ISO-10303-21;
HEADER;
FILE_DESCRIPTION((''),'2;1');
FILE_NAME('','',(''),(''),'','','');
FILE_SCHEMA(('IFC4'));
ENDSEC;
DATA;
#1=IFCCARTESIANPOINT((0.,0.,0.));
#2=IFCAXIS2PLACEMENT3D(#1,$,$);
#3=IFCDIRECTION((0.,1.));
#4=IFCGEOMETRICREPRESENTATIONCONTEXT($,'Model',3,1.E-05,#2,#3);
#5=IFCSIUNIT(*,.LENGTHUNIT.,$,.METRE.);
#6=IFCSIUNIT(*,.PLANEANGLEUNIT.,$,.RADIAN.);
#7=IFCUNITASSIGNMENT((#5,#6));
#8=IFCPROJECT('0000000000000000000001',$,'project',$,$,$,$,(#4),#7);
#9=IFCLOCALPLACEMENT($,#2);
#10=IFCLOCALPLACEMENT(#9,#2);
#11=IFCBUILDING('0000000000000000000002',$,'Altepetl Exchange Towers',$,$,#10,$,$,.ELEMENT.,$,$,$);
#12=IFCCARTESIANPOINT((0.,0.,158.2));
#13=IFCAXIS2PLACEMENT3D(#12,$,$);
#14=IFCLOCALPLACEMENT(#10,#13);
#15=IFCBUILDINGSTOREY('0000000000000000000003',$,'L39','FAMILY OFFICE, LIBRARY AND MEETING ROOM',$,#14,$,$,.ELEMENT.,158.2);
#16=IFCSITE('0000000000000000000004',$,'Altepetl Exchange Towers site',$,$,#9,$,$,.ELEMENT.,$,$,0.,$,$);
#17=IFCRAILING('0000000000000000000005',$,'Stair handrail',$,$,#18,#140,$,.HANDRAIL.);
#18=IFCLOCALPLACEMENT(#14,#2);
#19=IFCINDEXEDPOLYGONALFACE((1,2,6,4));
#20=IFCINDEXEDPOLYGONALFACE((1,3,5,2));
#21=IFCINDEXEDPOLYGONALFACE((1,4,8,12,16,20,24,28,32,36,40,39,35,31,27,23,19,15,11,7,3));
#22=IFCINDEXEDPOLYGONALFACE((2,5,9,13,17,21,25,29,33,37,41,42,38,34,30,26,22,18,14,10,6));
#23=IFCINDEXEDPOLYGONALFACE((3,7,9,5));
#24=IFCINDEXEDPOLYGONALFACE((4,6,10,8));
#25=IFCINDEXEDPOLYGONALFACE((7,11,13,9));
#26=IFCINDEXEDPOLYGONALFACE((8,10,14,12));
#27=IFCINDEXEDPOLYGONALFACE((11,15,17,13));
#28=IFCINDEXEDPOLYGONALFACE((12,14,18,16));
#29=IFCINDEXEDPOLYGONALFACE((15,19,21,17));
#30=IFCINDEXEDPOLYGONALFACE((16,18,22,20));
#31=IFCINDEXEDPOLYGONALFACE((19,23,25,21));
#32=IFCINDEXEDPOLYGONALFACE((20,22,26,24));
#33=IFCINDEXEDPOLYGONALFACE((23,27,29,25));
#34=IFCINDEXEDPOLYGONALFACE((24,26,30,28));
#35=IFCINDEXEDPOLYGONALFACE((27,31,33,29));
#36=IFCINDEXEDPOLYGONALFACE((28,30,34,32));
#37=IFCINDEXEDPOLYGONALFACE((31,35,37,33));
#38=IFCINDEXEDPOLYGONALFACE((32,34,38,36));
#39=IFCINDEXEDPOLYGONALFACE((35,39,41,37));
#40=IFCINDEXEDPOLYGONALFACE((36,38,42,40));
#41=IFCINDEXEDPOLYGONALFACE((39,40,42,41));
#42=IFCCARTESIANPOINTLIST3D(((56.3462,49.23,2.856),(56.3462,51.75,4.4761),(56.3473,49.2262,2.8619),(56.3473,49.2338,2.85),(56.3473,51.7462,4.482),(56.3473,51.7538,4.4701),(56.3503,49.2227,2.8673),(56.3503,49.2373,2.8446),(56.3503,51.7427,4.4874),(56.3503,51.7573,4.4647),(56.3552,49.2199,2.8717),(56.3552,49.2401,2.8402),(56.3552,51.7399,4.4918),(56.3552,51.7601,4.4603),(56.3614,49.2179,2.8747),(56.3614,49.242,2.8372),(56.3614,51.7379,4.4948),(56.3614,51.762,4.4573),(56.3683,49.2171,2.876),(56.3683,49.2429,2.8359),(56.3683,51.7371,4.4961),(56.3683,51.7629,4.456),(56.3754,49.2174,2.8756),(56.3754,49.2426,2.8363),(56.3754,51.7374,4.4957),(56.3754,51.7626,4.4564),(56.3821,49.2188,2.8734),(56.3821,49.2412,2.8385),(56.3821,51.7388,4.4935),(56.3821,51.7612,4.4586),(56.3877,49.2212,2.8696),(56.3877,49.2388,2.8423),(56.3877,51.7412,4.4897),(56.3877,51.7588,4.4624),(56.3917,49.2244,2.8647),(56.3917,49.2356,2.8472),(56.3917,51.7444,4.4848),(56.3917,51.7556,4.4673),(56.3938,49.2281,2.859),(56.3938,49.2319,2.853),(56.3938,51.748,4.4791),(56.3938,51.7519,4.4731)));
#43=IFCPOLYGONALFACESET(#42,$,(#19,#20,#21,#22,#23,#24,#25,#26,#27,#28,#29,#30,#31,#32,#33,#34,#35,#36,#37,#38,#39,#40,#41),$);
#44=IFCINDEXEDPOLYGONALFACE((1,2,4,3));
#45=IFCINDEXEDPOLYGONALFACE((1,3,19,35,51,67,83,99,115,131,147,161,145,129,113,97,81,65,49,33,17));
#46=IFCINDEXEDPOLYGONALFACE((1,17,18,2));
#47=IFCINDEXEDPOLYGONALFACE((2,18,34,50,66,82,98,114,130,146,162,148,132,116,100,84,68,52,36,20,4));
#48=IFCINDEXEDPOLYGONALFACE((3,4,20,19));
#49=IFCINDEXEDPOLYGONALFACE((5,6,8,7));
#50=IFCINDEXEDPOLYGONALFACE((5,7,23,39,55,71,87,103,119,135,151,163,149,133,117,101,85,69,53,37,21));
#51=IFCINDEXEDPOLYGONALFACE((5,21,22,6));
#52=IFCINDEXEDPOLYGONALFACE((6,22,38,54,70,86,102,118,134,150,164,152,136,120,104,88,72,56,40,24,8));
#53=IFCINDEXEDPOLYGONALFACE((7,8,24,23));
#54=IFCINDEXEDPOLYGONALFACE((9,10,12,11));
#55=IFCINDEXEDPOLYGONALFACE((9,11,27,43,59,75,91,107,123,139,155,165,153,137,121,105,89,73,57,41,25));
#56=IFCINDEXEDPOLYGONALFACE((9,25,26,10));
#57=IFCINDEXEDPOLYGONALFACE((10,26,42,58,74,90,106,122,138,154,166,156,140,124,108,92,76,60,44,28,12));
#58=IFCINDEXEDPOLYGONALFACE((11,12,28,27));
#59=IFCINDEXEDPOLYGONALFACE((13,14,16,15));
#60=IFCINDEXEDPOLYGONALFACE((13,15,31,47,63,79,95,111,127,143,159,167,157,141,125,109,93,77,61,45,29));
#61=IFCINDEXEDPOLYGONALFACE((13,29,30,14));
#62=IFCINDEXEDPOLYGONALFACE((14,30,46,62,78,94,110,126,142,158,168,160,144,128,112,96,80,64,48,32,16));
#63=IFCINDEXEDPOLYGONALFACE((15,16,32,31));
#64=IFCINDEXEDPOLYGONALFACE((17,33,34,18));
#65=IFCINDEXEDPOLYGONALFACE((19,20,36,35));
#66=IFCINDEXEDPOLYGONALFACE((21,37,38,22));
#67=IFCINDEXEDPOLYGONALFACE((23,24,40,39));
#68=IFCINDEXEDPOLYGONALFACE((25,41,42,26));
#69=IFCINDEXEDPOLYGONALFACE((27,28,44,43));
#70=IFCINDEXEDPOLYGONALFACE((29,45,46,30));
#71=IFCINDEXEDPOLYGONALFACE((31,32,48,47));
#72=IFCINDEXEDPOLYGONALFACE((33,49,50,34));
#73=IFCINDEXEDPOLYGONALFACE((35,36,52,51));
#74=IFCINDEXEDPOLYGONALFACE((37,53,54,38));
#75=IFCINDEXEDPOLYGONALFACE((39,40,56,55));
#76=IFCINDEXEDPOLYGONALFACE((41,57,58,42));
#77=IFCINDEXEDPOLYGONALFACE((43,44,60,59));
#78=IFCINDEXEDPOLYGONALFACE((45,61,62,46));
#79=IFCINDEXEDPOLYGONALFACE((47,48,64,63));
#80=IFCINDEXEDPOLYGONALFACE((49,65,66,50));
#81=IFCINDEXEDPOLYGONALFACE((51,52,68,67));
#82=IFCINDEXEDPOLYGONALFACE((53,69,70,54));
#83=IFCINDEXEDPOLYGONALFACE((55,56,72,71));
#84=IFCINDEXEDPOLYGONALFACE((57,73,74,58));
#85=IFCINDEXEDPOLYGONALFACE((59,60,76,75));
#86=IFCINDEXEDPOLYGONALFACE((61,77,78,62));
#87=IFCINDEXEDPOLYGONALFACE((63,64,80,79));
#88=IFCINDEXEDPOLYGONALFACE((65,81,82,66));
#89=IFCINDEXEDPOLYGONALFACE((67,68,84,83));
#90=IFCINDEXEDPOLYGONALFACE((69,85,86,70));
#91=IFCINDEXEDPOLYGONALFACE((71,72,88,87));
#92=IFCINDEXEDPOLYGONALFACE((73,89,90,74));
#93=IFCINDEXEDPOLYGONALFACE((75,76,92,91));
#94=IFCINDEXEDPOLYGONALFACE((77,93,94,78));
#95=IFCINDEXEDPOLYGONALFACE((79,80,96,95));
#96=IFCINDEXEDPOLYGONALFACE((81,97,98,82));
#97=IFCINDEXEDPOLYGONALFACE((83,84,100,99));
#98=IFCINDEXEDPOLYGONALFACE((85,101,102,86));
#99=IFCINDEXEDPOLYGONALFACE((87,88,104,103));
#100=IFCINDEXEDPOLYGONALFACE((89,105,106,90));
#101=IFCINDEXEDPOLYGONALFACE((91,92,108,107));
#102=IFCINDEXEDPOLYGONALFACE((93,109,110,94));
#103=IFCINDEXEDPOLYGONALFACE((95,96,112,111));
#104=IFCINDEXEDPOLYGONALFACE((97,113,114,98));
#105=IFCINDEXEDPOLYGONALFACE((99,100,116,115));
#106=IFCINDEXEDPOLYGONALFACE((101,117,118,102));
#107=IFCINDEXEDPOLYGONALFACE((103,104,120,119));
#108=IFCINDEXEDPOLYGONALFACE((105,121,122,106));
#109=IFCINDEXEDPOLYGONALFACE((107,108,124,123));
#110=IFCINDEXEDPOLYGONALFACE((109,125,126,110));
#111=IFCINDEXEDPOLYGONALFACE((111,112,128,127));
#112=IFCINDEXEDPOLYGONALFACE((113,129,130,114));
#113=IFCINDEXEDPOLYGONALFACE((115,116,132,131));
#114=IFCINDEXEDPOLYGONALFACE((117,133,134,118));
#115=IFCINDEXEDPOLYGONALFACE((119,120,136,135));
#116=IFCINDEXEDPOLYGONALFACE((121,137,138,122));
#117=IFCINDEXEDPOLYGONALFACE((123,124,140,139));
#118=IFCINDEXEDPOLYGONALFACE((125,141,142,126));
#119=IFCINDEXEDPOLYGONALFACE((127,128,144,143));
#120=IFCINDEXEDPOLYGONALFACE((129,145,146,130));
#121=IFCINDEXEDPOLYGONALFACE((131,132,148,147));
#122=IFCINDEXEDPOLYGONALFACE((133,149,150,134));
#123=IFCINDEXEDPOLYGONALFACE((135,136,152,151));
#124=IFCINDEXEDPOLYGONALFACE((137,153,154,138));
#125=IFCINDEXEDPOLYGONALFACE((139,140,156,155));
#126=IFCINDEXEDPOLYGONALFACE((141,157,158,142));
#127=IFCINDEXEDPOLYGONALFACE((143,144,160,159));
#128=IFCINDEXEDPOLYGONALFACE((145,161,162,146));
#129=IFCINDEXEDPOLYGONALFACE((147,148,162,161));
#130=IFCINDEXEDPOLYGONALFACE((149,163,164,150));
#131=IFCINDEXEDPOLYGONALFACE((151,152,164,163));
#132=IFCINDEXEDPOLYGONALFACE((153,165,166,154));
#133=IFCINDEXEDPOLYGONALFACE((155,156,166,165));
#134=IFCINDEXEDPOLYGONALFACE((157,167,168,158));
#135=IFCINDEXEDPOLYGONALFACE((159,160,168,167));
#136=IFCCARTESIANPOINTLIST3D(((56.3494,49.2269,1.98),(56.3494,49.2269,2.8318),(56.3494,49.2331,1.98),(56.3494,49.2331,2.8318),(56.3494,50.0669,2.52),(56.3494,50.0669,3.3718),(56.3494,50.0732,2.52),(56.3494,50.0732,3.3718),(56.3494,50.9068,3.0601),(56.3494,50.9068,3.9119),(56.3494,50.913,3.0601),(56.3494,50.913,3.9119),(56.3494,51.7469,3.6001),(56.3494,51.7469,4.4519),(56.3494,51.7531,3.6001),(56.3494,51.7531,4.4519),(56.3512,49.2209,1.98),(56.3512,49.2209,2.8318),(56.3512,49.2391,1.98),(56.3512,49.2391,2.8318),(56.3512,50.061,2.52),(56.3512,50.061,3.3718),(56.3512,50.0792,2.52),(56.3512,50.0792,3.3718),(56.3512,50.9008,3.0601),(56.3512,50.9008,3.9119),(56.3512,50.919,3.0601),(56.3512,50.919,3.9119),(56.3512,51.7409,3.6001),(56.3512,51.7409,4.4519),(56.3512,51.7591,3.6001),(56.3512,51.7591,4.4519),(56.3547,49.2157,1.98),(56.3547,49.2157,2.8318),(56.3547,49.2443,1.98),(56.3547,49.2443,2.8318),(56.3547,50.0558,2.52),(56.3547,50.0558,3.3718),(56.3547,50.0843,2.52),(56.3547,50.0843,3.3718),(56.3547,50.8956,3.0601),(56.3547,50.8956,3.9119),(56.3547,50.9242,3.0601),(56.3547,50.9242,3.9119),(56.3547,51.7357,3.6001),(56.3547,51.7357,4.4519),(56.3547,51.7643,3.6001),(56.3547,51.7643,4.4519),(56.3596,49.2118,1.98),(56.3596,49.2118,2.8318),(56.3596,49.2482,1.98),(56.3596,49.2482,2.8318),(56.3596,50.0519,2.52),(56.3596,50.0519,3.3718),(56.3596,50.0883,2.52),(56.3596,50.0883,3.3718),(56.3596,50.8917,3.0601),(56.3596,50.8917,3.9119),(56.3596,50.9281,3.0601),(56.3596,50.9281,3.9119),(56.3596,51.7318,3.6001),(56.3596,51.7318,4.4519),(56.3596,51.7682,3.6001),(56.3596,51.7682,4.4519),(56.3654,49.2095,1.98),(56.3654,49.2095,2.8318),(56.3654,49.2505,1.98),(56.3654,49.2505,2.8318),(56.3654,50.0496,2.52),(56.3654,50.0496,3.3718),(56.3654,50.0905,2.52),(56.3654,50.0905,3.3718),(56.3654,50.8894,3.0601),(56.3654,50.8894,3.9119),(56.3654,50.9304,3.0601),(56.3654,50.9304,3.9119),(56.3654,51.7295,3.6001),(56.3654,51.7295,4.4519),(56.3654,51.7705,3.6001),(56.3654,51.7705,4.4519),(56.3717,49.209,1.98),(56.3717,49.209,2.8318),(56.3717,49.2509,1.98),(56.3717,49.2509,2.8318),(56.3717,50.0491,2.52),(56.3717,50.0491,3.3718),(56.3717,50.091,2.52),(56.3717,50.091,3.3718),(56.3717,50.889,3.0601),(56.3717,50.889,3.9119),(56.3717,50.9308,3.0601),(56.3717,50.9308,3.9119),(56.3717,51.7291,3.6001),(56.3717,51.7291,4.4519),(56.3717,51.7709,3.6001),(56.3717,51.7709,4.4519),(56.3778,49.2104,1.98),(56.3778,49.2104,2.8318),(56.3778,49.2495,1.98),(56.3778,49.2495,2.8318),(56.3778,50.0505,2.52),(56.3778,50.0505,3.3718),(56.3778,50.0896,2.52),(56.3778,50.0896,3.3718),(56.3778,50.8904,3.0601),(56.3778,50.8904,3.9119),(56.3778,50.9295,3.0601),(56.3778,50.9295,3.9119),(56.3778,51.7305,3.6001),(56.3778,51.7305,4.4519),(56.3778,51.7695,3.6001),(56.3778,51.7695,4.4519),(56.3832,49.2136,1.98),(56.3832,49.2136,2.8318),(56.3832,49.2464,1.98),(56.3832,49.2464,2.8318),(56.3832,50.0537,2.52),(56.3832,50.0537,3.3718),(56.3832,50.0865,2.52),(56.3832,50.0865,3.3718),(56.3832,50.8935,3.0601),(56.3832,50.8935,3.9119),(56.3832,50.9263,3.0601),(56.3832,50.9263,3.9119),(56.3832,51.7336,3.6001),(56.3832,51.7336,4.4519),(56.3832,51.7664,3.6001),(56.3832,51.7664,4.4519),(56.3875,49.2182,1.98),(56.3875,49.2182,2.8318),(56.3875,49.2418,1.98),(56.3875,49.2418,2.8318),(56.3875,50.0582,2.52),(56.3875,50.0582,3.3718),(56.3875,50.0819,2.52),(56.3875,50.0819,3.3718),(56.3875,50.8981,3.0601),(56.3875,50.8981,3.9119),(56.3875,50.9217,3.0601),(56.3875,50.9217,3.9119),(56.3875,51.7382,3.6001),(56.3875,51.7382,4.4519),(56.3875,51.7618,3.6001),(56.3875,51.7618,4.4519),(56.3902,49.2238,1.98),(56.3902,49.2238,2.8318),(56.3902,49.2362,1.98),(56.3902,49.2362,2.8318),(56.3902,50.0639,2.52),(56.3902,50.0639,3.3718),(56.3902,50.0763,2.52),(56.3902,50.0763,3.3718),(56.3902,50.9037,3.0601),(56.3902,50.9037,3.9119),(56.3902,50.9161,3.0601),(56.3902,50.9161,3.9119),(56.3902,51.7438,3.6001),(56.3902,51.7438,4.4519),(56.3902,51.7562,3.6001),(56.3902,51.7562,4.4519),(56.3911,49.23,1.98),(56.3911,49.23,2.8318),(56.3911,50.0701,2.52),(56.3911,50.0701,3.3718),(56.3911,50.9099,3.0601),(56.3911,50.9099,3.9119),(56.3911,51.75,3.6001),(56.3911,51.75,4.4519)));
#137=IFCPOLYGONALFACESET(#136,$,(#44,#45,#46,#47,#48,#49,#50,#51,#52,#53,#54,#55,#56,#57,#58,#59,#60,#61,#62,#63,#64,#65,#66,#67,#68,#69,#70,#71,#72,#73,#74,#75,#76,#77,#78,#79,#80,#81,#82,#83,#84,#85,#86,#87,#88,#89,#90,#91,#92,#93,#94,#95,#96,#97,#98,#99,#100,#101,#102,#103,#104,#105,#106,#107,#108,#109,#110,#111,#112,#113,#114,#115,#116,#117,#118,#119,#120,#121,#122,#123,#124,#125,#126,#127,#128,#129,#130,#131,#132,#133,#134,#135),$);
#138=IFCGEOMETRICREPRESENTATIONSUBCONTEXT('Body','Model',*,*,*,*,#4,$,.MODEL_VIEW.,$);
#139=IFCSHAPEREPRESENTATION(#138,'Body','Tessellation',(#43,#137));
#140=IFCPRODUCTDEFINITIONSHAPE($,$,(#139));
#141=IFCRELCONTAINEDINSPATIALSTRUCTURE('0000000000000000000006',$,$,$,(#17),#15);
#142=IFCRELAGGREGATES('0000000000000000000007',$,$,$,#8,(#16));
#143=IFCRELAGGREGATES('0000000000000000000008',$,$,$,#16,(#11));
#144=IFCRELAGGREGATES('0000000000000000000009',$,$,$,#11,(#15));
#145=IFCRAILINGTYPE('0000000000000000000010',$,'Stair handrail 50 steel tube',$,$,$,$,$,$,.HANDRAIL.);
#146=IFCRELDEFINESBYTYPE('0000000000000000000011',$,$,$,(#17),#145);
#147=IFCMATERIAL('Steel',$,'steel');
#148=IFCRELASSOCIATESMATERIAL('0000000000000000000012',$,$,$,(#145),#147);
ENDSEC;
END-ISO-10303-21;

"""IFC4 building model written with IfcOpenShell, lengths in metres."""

from ifc_helpers import new_model, si_unit, direction, frame, origin, origin_2d, place, context, subcontext, project, spatial, circle, extrude, source, transform, mapped, material, type_object, element, save


model = new_model("IFC4")

# Units and contexts
model_context = context("Model", 3, precision=1e-05, world=origin(), true_north=direction((0.0, 1.0)))
body_context = subcontext(model_context, "Body", "Model", "MODEL_VIEW")
ifc_project = project(units=[si_unit("LENGTHUNIT", "METRE"), si_unit("PLANEANGLEUNIT", "RADIAN")], contexts=[model_context])

# Site, building, storey
site_placement = place(None, origin())
site = spatial("IfcSite", under=ifc_project, at=site_placement, Name="Altepetl Exchange Towers site", CompositionType="ELEMENT", RefElevation=0.0)
building_placement = place(site_placement, origin())
building = spatial("IfcBuilding", under=site, at=building_placement, Name="Altepetl Exchange Towers", CompositionType="ELEMENT")
storey_placement = place(building_placement, frame((0.0, 0.0, 158.2)))
storey = spatial("IfcBuildingStorey", under=building, at=storey_placement, Name="L39", Description="FAMILY OFFICE, LIBRARY AND MEETING ROOM", CompositionType="ELEMENT", Elevation=158.2)

# Railing
ifc_material_1 = material(Name="Steel", Category="steel")
railing_type = type_object("IfcRailingType", Name="Stair handrail 50 steel tube", PredefinedType="HANDRAIL", material=ifc_material_1)
shared_shape = source(origin(), body_context, "Body", "SweptSolid", [
    extrude(circle(Radius=0.021, at=origin_2d()), origin(), (0.0, 0.0, 1.0), 0.8518),
])
railing_1_placement = place(storey_placement, frame((56.3701, 49.23, 1.98)))
element("IfcRailing", 1, at=railing_1_placement, inside=storey, type_object=railing_type, Name="Stair handrail", PredefinedType="HANDRAIL", context=body_context, shape_type="SweptSolid", body=[
    extrude(circle(Radius=0.0239, at=origin_2d()), frame((0.0, 0.0, 0.876), z_axis=(0.0, 0.841163, 0.540782), x_axis=(-1.0, 0.0, 0.0)), (0.0, 0.0, 1.0), 2.9958),
    mapped(shared_shape, transform((0.0, 0.0, 0.0))),
    mapped(shared_shape, transform((0.0, 0.8401, 0.54))),
    mapped(shared_shape, transform((0.0, 1.6799, 1.0801))),
    mapped(shared_shape, transform((0.0, 2.52, 1.6201))),
])

save(model, "model.ifc")
